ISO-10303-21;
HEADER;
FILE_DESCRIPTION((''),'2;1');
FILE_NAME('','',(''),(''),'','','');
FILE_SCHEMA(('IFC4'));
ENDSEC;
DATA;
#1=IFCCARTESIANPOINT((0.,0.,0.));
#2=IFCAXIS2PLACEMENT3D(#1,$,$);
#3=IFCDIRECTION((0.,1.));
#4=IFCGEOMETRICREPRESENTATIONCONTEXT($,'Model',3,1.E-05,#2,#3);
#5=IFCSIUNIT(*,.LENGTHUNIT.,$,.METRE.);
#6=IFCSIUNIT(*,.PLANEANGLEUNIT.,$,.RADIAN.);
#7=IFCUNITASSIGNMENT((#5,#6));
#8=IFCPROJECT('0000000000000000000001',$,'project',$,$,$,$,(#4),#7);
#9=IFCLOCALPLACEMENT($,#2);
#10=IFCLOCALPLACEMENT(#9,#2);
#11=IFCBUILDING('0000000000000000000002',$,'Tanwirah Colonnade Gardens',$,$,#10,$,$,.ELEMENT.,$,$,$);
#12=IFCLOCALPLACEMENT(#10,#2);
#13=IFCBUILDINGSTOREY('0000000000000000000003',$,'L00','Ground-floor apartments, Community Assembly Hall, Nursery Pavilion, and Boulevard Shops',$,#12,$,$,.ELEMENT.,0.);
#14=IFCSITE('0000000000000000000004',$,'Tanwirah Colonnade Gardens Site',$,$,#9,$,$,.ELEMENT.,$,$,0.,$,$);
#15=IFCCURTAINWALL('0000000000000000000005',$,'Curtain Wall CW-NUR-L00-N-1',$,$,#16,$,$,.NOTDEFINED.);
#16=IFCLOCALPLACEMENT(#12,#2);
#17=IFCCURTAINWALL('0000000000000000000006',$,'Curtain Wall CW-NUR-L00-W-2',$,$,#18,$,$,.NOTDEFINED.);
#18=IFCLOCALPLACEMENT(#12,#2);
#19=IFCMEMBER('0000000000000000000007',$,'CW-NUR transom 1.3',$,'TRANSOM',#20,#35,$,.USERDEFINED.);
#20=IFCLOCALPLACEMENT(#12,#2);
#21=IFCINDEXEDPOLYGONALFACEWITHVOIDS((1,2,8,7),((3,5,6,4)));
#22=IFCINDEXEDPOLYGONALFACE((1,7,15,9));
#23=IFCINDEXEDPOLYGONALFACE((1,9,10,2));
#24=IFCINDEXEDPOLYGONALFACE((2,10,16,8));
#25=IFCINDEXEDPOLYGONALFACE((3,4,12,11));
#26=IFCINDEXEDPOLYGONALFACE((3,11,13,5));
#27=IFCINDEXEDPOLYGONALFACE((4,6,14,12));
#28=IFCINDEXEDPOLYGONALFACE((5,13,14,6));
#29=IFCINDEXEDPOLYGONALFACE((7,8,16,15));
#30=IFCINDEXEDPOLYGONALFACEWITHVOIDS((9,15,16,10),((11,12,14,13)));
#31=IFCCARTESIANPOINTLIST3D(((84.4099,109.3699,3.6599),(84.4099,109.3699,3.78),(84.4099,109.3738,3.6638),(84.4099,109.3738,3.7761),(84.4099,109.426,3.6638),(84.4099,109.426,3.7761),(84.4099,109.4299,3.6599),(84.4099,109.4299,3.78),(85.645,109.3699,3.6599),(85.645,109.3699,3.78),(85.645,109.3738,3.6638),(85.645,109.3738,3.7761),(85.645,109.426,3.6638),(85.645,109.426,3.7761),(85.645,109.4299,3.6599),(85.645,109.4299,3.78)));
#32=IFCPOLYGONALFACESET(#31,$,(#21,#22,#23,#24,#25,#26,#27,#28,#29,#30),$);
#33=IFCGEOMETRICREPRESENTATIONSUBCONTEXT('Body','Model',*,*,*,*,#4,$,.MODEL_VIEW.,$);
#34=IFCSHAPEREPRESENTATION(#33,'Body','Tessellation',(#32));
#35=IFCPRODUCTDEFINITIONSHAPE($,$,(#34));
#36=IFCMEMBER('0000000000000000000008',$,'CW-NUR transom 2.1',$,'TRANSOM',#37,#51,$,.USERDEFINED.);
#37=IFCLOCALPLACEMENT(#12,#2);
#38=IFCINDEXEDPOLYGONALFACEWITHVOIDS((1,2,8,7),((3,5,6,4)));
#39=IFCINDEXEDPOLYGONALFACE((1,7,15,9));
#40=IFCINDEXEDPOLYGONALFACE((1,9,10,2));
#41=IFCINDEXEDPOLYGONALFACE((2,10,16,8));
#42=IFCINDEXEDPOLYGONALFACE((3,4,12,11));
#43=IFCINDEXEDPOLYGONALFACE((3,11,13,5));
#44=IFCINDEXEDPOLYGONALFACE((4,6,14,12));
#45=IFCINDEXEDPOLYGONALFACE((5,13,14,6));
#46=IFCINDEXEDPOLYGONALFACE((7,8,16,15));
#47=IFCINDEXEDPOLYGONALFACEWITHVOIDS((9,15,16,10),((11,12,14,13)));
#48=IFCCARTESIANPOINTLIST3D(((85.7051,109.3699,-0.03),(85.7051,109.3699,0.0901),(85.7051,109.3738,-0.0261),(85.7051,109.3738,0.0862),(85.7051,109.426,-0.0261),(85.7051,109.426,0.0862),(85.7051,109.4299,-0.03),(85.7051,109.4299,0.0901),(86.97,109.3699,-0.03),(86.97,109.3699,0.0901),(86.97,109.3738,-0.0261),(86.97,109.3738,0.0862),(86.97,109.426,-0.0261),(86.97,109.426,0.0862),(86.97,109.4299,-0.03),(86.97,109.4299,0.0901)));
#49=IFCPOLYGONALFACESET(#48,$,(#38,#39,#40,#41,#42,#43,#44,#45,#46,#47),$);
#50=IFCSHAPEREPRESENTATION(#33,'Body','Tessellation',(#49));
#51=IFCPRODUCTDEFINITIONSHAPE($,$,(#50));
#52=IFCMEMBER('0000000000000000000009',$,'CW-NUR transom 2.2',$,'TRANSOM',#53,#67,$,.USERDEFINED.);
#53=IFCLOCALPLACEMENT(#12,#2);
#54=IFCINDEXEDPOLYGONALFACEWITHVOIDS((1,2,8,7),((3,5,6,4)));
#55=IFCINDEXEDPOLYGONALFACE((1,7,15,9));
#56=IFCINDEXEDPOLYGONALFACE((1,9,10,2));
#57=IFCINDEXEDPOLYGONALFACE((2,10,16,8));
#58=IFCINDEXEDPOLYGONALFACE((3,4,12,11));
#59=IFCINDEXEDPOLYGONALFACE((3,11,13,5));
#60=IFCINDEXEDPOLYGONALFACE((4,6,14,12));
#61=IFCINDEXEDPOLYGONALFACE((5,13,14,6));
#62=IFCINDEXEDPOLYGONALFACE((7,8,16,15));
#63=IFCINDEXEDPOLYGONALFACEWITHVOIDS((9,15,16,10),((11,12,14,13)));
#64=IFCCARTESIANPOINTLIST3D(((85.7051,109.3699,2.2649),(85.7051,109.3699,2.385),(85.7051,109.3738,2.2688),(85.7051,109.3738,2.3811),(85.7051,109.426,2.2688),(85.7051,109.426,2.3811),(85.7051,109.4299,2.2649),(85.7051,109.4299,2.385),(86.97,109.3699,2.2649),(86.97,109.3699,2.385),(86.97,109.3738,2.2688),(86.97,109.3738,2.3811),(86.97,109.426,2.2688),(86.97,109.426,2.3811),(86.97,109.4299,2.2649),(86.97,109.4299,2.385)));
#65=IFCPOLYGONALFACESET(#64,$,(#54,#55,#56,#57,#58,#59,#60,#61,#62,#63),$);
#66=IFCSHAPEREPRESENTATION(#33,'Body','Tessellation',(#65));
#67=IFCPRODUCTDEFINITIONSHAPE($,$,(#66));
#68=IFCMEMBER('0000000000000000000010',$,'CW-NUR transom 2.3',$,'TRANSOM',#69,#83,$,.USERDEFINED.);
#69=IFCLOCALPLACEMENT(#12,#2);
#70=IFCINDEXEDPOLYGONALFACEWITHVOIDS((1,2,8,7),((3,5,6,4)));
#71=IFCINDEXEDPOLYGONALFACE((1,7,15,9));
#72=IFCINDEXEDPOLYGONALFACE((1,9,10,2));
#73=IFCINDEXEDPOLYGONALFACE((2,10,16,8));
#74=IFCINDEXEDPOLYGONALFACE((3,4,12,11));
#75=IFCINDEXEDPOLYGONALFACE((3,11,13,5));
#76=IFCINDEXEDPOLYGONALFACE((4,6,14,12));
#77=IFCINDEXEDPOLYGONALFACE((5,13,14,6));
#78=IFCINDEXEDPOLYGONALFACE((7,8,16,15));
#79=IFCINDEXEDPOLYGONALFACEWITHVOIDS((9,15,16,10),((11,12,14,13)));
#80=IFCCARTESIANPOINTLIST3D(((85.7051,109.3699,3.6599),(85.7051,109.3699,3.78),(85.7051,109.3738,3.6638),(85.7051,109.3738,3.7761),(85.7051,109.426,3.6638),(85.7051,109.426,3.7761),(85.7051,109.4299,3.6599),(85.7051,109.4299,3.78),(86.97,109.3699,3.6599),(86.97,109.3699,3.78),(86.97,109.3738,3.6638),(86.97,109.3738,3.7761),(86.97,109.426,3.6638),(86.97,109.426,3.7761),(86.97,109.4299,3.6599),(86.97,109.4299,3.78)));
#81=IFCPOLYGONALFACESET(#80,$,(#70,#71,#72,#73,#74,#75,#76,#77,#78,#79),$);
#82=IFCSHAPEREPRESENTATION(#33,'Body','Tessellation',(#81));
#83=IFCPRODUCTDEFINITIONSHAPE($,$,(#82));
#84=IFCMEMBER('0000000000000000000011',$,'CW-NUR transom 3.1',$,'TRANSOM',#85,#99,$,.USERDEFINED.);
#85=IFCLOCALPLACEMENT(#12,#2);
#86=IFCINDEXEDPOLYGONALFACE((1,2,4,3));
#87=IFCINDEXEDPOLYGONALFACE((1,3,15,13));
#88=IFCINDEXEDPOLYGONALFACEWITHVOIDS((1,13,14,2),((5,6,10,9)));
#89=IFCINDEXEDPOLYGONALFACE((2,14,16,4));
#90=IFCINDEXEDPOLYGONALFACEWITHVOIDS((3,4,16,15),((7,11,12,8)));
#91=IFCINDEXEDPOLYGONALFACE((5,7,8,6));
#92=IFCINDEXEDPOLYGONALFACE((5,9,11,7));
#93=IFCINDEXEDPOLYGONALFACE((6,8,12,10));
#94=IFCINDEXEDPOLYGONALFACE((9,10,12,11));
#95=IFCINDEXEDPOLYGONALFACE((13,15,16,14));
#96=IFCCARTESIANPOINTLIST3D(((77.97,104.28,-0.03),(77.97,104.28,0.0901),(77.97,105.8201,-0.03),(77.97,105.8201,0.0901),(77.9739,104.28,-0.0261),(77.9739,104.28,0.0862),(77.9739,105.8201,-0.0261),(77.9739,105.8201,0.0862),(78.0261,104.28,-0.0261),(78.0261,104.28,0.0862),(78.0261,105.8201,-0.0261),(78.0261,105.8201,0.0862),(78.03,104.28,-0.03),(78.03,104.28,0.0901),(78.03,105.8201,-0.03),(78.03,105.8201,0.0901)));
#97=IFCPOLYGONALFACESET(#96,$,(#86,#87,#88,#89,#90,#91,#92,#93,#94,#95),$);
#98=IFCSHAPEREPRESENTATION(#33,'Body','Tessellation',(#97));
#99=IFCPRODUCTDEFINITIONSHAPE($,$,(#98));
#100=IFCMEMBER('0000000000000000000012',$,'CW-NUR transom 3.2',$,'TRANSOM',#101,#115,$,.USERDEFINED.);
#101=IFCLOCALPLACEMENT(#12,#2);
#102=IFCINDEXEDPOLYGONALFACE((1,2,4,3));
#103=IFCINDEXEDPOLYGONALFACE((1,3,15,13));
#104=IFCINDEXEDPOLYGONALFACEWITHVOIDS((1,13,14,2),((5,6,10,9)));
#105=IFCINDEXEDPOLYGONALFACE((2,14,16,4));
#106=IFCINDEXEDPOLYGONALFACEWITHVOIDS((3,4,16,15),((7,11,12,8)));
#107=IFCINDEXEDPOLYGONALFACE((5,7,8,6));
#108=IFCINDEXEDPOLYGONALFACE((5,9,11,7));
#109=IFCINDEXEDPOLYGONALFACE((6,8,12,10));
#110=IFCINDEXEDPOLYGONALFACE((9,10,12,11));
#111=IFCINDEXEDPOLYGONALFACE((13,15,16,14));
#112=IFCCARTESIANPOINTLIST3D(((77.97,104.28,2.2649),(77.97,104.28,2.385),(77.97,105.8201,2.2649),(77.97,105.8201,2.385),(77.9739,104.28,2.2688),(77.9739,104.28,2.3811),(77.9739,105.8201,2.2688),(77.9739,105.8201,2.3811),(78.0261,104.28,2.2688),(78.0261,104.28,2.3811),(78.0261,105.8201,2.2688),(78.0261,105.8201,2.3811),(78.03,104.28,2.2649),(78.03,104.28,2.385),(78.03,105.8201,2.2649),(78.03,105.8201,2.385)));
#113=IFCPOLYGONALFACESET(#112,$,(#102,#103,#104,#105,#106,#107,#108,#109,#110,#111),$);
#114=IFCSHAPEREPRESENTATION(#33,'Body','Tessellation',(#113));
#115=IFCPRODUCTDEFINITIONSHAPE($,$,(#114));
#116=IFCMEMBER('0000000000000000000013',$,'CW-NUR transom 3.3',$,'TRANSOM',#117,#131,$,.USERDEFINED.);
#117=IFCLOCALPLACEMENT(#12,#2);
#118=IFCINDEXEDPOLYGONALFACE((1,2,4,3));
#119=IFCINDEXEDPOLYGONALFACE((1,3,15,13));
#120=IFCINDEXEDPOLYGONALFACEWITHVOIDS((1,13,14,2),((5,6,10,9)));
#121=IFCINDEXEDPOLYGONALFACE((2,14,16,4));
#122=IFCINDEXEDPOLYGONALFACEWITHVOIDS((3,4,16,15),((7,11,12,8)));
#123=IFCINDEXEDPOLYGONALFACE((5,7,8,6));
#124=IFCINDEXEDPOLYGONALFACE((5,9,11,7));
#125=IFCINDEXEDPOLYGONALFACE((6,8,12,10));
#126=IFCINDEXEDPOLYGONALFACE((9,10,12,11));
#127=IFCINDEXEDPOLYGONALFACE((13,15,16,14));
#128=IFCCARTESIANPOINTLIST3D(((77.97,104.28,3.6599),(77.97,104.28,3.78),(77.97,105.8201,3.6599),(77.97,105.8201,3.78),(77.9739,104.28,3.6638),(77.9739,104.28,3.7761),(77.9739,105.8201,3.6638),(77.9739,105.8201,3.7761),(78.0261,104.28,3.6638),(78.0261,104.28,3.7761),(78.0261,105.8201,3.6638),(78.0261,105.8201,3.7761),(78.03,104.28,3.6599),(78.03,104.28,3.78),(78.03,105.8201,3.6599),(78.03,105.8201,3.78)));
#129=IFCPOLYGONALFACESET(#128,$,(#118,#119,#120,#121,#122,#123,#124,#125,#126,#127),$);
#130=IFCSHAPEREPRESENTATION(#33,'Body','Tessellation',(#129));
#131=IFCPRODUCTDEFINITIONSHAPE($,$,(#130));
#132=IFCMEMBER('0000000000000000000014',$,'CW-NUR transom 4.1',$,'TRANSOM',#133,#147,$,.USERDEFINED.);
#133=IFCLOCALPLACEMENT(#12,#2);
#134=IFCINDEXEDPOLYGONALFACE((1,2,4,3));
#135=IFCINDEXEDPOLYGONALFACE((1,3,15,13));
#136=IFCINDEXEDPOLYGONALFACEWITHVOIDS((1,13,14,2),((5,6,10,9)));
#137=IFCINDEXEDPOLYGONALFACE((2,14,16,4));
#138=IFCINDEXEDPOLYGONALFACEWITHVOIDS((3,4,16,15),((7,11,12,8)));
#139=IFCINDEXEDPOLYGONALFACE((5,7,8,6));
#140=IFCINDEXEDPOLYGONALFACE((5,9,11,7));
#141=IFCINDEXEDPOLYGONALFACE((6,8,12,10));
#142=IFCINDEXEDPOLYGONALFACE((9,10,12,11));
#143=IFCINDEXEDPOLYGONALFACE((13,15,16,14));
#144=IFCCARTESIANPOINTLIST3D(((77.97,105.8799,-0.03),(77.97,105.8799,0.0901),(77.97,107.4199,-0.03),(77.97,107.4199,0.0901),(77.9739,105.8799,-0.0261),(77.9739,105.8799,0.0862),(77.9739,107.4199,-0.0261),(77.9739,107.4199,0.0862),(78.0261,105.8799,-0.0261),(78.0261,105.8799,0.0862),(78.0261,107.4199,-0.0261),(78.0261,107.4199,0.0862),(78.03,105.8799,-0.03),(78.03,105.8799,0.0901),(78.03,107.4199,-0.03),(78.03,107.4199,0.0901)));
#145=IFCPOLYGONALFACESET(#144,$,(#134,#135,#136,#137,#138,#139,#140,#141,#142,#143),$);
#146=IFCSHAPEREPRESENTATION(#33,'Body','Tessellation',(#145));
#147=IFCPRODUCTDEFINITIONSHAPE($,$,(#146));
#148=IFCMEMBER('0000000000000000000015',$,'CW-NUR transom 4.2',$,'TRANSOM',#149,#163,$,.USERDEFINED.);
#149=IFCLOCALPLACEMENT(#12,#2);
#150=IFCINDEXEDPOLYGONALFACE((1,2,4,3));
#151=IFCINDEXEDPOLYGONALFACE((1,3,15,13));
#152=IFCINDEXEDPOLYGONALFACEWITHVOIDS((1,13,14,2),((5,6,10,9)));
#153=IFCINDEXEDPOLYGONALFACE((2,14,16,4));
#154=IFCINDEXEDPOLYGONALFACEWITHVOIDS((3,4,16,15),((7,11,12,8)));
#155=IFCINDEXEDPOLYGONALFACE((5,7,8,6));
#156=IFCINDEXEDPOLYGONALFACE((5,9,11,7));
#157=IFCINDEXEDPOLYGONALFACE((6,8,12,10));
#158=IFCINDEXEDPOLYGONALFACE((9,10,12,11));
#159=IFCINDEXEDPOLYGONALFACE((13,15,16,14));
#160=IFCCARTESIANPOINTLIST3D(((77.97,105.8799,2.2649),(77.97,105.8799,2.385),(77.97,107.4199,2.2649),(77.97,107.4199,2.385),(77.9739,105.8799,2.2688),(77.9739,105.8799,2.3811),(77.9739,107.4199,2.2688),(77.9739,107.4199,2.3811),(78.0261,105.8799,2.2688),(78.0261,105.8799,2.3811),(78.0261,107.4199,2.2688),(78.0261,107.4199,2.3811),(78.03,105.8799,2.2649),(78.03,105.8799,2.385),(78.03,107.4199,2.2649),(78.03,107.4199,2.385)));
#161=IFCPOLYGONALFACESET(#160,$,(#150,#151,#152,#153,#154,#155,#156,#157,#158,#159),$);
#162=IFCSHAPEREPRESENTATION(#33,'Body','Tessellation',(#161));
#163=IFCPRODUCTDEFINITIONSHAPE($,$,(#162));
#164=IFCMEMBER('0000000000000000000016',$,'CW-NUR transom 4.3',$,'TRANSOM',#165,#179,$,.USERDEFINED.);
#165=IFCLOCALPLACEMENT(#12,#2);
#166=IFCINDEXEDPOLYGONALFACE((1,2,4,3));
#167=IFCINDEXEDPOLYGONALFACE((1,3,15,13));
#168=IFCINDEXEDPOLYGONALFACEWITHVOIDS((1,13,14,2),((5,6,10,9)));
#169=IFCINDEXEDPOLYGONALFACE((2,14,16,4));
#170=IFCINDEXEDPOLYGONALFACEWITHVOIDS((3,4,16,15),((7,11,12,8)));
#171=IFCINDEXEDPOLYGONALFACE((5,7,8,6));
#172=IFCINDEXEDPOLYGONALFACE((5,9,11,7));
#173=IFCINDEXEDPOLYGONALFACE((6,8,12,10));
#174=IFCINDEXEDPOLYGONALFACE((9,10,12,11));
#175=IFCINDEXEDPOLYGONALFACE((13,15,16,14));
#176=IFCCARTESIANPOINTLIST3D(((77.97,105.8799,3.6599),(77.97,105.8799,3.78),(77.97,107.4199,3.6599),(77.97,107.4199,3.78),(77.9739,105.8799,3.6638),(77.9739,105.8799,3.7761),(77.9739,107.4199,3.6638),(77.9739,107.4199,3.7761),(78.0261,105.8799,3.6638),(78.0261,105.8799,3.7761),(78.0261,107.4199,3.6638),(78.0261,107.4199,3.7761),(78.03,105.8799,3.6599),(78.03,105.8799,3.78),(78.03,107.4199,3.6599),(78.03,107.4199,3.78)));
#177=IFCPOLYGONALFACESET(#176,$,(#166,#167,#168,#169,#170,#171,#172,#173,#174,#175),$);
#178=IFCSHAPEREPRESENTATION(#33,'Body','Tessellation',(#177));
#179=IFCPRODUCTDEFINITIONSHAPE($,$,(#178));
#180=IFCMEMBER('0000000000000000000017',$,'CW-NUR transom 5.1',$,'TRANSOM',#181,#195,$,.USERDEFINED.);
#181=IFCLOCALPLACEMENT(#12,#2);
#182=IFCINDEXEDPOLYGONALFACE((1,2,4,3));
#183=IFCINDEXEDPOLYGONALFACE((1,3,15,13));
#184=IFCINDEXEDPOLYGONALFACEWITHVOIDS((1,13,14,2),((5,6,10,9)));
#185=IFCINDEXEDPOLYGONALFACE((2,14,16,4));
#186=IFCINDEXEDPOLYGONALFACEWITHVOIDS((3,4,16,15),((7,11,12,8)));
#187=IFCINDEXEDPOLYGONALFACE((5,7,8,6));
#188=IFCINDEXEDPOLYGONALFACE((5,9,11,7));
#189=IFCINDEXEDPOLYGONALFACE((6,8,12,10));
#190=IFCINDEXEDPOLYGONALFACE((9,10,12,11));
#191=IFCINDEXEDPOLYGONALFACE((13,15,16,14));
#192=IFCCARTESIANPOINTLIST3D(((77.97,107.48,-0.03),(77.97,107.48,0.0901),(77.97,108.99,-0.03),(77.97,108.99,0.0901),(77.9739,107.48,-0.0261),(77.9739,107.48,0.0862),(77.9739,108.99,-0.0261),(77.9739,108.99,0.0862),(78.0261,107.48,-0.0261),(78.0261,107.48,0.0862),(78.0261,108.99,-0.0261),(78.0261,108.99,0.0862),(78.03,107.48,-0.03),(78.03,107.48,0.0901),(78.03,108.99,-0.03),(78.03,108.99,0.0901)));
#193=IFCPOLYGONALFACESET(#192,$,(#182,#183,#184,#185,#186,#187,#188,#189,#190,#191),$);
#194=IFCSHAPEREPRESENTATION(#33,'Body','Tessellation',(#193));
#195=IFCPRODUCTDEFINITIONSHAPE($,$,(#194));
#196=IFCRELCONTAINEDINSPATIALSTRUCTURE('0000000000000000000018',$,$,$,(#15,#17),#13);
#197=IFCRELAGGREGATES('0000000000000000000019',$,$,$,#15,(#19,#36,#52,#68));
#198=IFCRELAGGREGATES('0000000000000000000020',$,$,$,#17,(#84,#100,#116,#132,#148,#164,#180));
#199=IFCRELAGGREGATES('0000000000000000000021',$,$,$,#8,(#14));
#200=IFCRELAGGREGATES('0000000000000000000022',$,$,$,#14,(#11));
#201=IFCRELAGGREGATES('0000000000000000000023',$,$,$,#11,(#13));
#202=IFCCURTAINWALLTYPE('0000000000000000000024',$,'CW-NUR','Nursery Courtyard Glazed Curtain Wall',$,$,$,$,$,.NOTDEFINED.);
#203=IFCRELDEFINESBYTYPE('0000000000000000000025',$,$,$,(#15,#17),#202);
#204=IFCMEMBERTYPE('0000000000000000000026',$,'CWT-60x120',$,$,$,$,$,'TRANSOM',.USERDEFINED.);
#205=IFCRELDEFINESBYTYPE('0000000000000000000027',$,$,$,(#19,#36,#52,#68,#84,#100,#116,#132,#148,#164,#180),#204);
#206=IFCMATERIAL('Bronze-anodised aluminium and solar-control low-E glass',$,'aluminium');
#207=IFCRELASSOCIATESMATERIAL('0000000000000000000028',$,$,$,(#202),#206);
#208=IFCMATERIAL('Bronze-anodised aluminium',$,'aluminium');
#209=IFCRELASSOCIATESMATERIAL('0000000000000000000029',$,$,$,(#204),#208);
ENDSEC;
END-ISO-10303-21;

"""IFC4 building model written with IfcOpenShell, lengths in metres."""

from ifc_helpers import new_model, si_unit, direction, frame, origin, origin_2d, place, context, subcontext, project, spatial, hollow_rectangle, extrude, material, material_profile, profile_set, type_object, element, aggregate, save


model = new_model("IFC4")

# Units and contexts
model_context = context("Model", 3, precision=1e-05, world=origin(), true_north=direction((0.0, 1.0)))
body_context = subcontext(model_context, "Body", "Model", "MODEL_VIEW")
ifc_project = project(units=[si_unit("LENGTHUNIT", "METRE"), si_unit("PLANEANGLEUNIT", "RADIAN")], contexts=[model_context])

# Site, building, storey
site_placement = place(None, origin())
site = spatial("IfcSite", under=ifc_project, at=site_placement, Name="Tanwirah Colonnade Gardens Site", CompositionType="ELEMENT", RefElevation=0.0)
building_placement = place(site_placement, origin())
building = spatial("IfcBuilding", under=site, at=building_placement, Name="Tanwirah Colonnade Gardens", CompositionType="ELEMENT")
storey_placement = place(building_placement, origin())
storey = spatial("IfcBuildingStorey", under=building, at=storey_placement, Name="L00", Description="Ground-floor apartments, Community Assembly Hall, Nursery Pavilion, and Boulevard Shops", CompositionType="ELEMENT", Elevation=0.0)

# Curtain walls
ifc_material_1 = material(Name="Bronze-anodised aluminium and solar-control low-E glass", Category="aluminium")
curtain_wall_type = type_object("IfcCurtainWallType", Name="CW-NUR", Description="Nursery Courtyard Glazed Curtain Wall", PredefinedType="NOTDEFINED", material=ifc_material_1)
curtain_wall_1_placement = place(storey_placement, origin())
curtain_wall_1 = element("IfcCurtainWall", 1, at=curtain_wall_1_placement, inside=storey, type_object=curtain_wall_type, Name="Curtain Wall CW-NUR-L00-N-1", PredefinedType="NOTDEFINED")
ifc_material_2 = material(Name="Bronze-anodised aluminium", Category="aluminium")
curtain_wall_2_placement = place(storey_placement, origin())
curtain_wall_2 = element("IfcCurtainWall", 2, at=curtain_wall_2_placement, inside=storey, type_object=curtain_wall_type, Name="Curtain Wall CW-NUR-L00-W-2", PredefinedType="NOTDEFINED")

# Members
ifc_material_profile_1 = material_profile(ifc_material_2, hollow_rectangle(XDim=0.0601, YDim=0.1201, WallThickness=0.0039, at=origin_2d()), Name="CW-TRN 60x120x4")
ifc_profile_set_1 = profile_set([ifc_material_profile_1], Name="Bronze-anodised aluminium")
member_type_1 = type_object("IfcMemberType", Name="CWT-60x120", ElementType="TRANSOM", PredefinedType="USERDEFINED", material=ifc_profile_set_1)
member_1_placement = place(storey_placement, frame((84.4099, 109.3999, 3.72), z_axis=(1.0, 0.0, 0.0), x_axis=(0.0, 1.0, 0.0)))
member_1 = element("IfcMember", 3, at=member_1_placement, type_object=member_type_1, Name="CW-NUR transom 1.3", ObjectType="TRANSOM", PredefinedType="USERDEFINED", context=body_context, shape_type="SweptSolid", body=[
    extrude(hollow_rectangle(XDim=0.0601, YDim=0.1201, WallThickness=0.0039, at=origin_2d()), origin(), (0.0, 0.0, 1.0), 1.2351),
])
member_2_placement = place(storey_placement, frame((85.7051, 109.3999, 0.03), z_axis=(1.0, 0.0, 0.0), x_axis=(0.0, 1.0, 0.0)))
member_2 = element("IfcMember", 4, at=member_2_placement, type_object=member_type_1, Name="CW-NUR transom 2.1", ObjectType="TRANSOM", PredefinedType="USERDEFINED", context=body_context, shape_type="SweptSolid", body=[
    extrude(hollow_rectangle(XDim=0.0601, YDim=0.1201, WallThickness=0.0039, at=origin_2d()), origin(), (0.0, 0.0, 1.0), 1.2649),
])
member_3_placement = place(storey_placement, frame((85.7051, 109.3999, 2.325), z_axis=(1.0, 0.0, 0.0), x_axis=(0.0, 1.0, 0.0)))
member_3 = element("IfcMember", 5, at=member_3_placement, type_object=member_type_1, Name="CW-NUR transom 2.2", ObjectType="TRANSOM", PredefinedType="USERDEFINED", context=body_context, shape_type="SweptSolid", body=[
    extrude(hollow_rectangle(XDim=0.0601, YDim=0.1201, WallThickness=0.0039, at=origin_2d()), origin(), (0.0, 0.0, 1.0), 1.2649),
])
member_4_placement = place(storey_placement, frame((85.7051, 109.3999, 3.72), z_axis=(1.0, 0.0, 0.0), x_axis=(0.0, 1.0, 0.0)))
member_4 = element("IfcMember", 6, at=member_4_placement, type_object=member_type_1, Name="CW-NUR transom 2.3", ObjectType="TRANSOM", PredefinedType="USERDEFINED", context=body_context, shape_type="SweptSolid", body=[
    extrude(hollow_rectangle(XDim=0.0601, YDim=0.1201, WallThickness=0.0039, at=origin_2d()), origin(), (0.0, 0.0, 1.0), 1.2649),
])
member_5_placement = place(storey_placement, frame((78.0, 104.28, 0.03), z_axis=(0.0, 1.0, 0.0), x_axis=(-1.0, 0.0, 0.0)))
member_5 = element("IfcMember", 7, at=member_5_placement, type_object=member_type_1, Name="CW-NUR transom 3.1", ObjectType="TRANSOM", PredefinedType="USERDEFINED", context=body_context, shape_type="SweptSolid", body=[
    extrude(hollow_rectangle(XDim=0.0601, YDim=0.1201, WallThickness=0.0039, at=origin_2d()), origin(), (0.0, 0.0, 1.0), 1.54),
])
member_6_placement = place(storey_placement, frame((78.0, 104.28, 2.325), z_axis=(0.0, 1.0, 0.0), x_axis=(-1.0, 0.0, 0.0)))
member_6 = element("IfcMember", 8, at=member_6_placement, type_object=member_type_1, Name="CW-NUR transom 3.2", ObjectType="TRANSOM", PredefinedType="USERDEFINED", context=body_context, shape_type="SweptSolid", body=[
    extrude(hollow_rectangle(XDim=0.0601, YDim=0.1201, WallThickness=0.0039, at=origin_2d()), origin(), (0.0, 0.0, 1.0), 1.54),
])
member_7_placement = place(storey_placement, frame((78.0, 104.28, 3.72), z_axis=(0.0, 1.0, 0.0), x_axis=(-1.0, 0.0, 0.0)))
member_7 = element("IfcMember", 9, at=member_7_placement, type_object=member_type_1, Name="CW-NUR transom 3.3", ObjectType="TRANSOM", PredefinedType="USERDEFINED", context=body_context, shape_type="SweptSolid", body=[
    extrude(hollow_rectangle(XDim=0.0601, YDim=0.1201, WallThickness=0.0039, at=origin_2d()), origin(), (0.0, 0.0, 1.0), 1.54),
])
member_8_placement = place(storey_placement, frame((78.0, 105.8799, 0.03), z_axis=(0.0, 1.0, 0.0), x_axis=(-1.0, 0.0, 0.0)))
member_8 = element("IfcMember", 10, at=member_8_placement, type_object=member_type_1, Name="CW-NUR transom 4.1", ObjectType="TRANSOM", PredefinedType="USERDEFINED", context=body_context, shape_type="SweptSolid", body=[
    extrude(hollow_rectangle(XDim=0.0601, YDim=0.1201, WallThickness=0.0039, at=origin_2d()), origin(), (0.0, 0.0, 1.0), 1.54),
])
member_9_placement = place(storey_placement, frame((78.0, 105.8799, 2.325), z_axis=(0.0, 1.0, 0.0), x_axis=(-1.0, 0.0, 0.0)))
member_9 = element("IfcMember", 11, at=member_9_placement, type_object=member_type_1, Name="CW-NUR transom 4.2", ObjectType="TRANSOM", PredefinedType="USERDEFINED", context=body_context, shape_type="SweptSolid", body=[
    extrude(hollow_rectangle(XDim=0.0601, YDim=0.1201, WallThickness=0.0039, at=origin_2d()), origin(), (0.0, 0.0, 1.0), 1.54),
])
member_10_placement = place(storey_placement, frame((78.0, 105.8799, 3.72), z_axis=(0.0, 1.0, 0.0), x_axis=(-1.0, 0.0, 0.0)))
member_10 = element("IfcMember", 12, at=member_10_placement, type_object=member_type_1, Name="CW-NUR transom 4.3", ObjectType="TRANSOM", PredefinedType="USERDEFINED", context=body_context, shape_type="SweptSolid", body=[
    extrude(hollow_rectangle(XDim=0.0601, YDim=0.1201, WallThickness=0.0039, at=origin_2d()), origin(), (0.0, 0.0, 1.0), 1.54),
])
member_11_placement = place(storey_placement, frame((78.0, 107.48, 0.03), z_axis=(0.0, 1.0, 0.0), x_axis=(-1.0, 0.0, 0.0)))
member_11 = element("IfcMember", 13, at=member_11_placement, type_object=member_type_1, Name="CW-NUR transom 5.1", ObjectType="TRANSOM", PredefinedType="USERDEFINED", context=body_context, shape_type="SweptSolid", body=[
    extrude(hollow_rectangle(XDim=0.0601, YDim=0.1201, WallThickness=0.0039, at=origin_2d()), origin(), (0.0, 0.0, 1.0), 1.51),
])

aggregate(curtain_wall_1, [member_1, member_2, member_3, member_4])
aggregate(curtain_wall_2, [member_5, member_6, member_7, member_8, member_9, member_10, member_11])

save(model, "model.ifc")
